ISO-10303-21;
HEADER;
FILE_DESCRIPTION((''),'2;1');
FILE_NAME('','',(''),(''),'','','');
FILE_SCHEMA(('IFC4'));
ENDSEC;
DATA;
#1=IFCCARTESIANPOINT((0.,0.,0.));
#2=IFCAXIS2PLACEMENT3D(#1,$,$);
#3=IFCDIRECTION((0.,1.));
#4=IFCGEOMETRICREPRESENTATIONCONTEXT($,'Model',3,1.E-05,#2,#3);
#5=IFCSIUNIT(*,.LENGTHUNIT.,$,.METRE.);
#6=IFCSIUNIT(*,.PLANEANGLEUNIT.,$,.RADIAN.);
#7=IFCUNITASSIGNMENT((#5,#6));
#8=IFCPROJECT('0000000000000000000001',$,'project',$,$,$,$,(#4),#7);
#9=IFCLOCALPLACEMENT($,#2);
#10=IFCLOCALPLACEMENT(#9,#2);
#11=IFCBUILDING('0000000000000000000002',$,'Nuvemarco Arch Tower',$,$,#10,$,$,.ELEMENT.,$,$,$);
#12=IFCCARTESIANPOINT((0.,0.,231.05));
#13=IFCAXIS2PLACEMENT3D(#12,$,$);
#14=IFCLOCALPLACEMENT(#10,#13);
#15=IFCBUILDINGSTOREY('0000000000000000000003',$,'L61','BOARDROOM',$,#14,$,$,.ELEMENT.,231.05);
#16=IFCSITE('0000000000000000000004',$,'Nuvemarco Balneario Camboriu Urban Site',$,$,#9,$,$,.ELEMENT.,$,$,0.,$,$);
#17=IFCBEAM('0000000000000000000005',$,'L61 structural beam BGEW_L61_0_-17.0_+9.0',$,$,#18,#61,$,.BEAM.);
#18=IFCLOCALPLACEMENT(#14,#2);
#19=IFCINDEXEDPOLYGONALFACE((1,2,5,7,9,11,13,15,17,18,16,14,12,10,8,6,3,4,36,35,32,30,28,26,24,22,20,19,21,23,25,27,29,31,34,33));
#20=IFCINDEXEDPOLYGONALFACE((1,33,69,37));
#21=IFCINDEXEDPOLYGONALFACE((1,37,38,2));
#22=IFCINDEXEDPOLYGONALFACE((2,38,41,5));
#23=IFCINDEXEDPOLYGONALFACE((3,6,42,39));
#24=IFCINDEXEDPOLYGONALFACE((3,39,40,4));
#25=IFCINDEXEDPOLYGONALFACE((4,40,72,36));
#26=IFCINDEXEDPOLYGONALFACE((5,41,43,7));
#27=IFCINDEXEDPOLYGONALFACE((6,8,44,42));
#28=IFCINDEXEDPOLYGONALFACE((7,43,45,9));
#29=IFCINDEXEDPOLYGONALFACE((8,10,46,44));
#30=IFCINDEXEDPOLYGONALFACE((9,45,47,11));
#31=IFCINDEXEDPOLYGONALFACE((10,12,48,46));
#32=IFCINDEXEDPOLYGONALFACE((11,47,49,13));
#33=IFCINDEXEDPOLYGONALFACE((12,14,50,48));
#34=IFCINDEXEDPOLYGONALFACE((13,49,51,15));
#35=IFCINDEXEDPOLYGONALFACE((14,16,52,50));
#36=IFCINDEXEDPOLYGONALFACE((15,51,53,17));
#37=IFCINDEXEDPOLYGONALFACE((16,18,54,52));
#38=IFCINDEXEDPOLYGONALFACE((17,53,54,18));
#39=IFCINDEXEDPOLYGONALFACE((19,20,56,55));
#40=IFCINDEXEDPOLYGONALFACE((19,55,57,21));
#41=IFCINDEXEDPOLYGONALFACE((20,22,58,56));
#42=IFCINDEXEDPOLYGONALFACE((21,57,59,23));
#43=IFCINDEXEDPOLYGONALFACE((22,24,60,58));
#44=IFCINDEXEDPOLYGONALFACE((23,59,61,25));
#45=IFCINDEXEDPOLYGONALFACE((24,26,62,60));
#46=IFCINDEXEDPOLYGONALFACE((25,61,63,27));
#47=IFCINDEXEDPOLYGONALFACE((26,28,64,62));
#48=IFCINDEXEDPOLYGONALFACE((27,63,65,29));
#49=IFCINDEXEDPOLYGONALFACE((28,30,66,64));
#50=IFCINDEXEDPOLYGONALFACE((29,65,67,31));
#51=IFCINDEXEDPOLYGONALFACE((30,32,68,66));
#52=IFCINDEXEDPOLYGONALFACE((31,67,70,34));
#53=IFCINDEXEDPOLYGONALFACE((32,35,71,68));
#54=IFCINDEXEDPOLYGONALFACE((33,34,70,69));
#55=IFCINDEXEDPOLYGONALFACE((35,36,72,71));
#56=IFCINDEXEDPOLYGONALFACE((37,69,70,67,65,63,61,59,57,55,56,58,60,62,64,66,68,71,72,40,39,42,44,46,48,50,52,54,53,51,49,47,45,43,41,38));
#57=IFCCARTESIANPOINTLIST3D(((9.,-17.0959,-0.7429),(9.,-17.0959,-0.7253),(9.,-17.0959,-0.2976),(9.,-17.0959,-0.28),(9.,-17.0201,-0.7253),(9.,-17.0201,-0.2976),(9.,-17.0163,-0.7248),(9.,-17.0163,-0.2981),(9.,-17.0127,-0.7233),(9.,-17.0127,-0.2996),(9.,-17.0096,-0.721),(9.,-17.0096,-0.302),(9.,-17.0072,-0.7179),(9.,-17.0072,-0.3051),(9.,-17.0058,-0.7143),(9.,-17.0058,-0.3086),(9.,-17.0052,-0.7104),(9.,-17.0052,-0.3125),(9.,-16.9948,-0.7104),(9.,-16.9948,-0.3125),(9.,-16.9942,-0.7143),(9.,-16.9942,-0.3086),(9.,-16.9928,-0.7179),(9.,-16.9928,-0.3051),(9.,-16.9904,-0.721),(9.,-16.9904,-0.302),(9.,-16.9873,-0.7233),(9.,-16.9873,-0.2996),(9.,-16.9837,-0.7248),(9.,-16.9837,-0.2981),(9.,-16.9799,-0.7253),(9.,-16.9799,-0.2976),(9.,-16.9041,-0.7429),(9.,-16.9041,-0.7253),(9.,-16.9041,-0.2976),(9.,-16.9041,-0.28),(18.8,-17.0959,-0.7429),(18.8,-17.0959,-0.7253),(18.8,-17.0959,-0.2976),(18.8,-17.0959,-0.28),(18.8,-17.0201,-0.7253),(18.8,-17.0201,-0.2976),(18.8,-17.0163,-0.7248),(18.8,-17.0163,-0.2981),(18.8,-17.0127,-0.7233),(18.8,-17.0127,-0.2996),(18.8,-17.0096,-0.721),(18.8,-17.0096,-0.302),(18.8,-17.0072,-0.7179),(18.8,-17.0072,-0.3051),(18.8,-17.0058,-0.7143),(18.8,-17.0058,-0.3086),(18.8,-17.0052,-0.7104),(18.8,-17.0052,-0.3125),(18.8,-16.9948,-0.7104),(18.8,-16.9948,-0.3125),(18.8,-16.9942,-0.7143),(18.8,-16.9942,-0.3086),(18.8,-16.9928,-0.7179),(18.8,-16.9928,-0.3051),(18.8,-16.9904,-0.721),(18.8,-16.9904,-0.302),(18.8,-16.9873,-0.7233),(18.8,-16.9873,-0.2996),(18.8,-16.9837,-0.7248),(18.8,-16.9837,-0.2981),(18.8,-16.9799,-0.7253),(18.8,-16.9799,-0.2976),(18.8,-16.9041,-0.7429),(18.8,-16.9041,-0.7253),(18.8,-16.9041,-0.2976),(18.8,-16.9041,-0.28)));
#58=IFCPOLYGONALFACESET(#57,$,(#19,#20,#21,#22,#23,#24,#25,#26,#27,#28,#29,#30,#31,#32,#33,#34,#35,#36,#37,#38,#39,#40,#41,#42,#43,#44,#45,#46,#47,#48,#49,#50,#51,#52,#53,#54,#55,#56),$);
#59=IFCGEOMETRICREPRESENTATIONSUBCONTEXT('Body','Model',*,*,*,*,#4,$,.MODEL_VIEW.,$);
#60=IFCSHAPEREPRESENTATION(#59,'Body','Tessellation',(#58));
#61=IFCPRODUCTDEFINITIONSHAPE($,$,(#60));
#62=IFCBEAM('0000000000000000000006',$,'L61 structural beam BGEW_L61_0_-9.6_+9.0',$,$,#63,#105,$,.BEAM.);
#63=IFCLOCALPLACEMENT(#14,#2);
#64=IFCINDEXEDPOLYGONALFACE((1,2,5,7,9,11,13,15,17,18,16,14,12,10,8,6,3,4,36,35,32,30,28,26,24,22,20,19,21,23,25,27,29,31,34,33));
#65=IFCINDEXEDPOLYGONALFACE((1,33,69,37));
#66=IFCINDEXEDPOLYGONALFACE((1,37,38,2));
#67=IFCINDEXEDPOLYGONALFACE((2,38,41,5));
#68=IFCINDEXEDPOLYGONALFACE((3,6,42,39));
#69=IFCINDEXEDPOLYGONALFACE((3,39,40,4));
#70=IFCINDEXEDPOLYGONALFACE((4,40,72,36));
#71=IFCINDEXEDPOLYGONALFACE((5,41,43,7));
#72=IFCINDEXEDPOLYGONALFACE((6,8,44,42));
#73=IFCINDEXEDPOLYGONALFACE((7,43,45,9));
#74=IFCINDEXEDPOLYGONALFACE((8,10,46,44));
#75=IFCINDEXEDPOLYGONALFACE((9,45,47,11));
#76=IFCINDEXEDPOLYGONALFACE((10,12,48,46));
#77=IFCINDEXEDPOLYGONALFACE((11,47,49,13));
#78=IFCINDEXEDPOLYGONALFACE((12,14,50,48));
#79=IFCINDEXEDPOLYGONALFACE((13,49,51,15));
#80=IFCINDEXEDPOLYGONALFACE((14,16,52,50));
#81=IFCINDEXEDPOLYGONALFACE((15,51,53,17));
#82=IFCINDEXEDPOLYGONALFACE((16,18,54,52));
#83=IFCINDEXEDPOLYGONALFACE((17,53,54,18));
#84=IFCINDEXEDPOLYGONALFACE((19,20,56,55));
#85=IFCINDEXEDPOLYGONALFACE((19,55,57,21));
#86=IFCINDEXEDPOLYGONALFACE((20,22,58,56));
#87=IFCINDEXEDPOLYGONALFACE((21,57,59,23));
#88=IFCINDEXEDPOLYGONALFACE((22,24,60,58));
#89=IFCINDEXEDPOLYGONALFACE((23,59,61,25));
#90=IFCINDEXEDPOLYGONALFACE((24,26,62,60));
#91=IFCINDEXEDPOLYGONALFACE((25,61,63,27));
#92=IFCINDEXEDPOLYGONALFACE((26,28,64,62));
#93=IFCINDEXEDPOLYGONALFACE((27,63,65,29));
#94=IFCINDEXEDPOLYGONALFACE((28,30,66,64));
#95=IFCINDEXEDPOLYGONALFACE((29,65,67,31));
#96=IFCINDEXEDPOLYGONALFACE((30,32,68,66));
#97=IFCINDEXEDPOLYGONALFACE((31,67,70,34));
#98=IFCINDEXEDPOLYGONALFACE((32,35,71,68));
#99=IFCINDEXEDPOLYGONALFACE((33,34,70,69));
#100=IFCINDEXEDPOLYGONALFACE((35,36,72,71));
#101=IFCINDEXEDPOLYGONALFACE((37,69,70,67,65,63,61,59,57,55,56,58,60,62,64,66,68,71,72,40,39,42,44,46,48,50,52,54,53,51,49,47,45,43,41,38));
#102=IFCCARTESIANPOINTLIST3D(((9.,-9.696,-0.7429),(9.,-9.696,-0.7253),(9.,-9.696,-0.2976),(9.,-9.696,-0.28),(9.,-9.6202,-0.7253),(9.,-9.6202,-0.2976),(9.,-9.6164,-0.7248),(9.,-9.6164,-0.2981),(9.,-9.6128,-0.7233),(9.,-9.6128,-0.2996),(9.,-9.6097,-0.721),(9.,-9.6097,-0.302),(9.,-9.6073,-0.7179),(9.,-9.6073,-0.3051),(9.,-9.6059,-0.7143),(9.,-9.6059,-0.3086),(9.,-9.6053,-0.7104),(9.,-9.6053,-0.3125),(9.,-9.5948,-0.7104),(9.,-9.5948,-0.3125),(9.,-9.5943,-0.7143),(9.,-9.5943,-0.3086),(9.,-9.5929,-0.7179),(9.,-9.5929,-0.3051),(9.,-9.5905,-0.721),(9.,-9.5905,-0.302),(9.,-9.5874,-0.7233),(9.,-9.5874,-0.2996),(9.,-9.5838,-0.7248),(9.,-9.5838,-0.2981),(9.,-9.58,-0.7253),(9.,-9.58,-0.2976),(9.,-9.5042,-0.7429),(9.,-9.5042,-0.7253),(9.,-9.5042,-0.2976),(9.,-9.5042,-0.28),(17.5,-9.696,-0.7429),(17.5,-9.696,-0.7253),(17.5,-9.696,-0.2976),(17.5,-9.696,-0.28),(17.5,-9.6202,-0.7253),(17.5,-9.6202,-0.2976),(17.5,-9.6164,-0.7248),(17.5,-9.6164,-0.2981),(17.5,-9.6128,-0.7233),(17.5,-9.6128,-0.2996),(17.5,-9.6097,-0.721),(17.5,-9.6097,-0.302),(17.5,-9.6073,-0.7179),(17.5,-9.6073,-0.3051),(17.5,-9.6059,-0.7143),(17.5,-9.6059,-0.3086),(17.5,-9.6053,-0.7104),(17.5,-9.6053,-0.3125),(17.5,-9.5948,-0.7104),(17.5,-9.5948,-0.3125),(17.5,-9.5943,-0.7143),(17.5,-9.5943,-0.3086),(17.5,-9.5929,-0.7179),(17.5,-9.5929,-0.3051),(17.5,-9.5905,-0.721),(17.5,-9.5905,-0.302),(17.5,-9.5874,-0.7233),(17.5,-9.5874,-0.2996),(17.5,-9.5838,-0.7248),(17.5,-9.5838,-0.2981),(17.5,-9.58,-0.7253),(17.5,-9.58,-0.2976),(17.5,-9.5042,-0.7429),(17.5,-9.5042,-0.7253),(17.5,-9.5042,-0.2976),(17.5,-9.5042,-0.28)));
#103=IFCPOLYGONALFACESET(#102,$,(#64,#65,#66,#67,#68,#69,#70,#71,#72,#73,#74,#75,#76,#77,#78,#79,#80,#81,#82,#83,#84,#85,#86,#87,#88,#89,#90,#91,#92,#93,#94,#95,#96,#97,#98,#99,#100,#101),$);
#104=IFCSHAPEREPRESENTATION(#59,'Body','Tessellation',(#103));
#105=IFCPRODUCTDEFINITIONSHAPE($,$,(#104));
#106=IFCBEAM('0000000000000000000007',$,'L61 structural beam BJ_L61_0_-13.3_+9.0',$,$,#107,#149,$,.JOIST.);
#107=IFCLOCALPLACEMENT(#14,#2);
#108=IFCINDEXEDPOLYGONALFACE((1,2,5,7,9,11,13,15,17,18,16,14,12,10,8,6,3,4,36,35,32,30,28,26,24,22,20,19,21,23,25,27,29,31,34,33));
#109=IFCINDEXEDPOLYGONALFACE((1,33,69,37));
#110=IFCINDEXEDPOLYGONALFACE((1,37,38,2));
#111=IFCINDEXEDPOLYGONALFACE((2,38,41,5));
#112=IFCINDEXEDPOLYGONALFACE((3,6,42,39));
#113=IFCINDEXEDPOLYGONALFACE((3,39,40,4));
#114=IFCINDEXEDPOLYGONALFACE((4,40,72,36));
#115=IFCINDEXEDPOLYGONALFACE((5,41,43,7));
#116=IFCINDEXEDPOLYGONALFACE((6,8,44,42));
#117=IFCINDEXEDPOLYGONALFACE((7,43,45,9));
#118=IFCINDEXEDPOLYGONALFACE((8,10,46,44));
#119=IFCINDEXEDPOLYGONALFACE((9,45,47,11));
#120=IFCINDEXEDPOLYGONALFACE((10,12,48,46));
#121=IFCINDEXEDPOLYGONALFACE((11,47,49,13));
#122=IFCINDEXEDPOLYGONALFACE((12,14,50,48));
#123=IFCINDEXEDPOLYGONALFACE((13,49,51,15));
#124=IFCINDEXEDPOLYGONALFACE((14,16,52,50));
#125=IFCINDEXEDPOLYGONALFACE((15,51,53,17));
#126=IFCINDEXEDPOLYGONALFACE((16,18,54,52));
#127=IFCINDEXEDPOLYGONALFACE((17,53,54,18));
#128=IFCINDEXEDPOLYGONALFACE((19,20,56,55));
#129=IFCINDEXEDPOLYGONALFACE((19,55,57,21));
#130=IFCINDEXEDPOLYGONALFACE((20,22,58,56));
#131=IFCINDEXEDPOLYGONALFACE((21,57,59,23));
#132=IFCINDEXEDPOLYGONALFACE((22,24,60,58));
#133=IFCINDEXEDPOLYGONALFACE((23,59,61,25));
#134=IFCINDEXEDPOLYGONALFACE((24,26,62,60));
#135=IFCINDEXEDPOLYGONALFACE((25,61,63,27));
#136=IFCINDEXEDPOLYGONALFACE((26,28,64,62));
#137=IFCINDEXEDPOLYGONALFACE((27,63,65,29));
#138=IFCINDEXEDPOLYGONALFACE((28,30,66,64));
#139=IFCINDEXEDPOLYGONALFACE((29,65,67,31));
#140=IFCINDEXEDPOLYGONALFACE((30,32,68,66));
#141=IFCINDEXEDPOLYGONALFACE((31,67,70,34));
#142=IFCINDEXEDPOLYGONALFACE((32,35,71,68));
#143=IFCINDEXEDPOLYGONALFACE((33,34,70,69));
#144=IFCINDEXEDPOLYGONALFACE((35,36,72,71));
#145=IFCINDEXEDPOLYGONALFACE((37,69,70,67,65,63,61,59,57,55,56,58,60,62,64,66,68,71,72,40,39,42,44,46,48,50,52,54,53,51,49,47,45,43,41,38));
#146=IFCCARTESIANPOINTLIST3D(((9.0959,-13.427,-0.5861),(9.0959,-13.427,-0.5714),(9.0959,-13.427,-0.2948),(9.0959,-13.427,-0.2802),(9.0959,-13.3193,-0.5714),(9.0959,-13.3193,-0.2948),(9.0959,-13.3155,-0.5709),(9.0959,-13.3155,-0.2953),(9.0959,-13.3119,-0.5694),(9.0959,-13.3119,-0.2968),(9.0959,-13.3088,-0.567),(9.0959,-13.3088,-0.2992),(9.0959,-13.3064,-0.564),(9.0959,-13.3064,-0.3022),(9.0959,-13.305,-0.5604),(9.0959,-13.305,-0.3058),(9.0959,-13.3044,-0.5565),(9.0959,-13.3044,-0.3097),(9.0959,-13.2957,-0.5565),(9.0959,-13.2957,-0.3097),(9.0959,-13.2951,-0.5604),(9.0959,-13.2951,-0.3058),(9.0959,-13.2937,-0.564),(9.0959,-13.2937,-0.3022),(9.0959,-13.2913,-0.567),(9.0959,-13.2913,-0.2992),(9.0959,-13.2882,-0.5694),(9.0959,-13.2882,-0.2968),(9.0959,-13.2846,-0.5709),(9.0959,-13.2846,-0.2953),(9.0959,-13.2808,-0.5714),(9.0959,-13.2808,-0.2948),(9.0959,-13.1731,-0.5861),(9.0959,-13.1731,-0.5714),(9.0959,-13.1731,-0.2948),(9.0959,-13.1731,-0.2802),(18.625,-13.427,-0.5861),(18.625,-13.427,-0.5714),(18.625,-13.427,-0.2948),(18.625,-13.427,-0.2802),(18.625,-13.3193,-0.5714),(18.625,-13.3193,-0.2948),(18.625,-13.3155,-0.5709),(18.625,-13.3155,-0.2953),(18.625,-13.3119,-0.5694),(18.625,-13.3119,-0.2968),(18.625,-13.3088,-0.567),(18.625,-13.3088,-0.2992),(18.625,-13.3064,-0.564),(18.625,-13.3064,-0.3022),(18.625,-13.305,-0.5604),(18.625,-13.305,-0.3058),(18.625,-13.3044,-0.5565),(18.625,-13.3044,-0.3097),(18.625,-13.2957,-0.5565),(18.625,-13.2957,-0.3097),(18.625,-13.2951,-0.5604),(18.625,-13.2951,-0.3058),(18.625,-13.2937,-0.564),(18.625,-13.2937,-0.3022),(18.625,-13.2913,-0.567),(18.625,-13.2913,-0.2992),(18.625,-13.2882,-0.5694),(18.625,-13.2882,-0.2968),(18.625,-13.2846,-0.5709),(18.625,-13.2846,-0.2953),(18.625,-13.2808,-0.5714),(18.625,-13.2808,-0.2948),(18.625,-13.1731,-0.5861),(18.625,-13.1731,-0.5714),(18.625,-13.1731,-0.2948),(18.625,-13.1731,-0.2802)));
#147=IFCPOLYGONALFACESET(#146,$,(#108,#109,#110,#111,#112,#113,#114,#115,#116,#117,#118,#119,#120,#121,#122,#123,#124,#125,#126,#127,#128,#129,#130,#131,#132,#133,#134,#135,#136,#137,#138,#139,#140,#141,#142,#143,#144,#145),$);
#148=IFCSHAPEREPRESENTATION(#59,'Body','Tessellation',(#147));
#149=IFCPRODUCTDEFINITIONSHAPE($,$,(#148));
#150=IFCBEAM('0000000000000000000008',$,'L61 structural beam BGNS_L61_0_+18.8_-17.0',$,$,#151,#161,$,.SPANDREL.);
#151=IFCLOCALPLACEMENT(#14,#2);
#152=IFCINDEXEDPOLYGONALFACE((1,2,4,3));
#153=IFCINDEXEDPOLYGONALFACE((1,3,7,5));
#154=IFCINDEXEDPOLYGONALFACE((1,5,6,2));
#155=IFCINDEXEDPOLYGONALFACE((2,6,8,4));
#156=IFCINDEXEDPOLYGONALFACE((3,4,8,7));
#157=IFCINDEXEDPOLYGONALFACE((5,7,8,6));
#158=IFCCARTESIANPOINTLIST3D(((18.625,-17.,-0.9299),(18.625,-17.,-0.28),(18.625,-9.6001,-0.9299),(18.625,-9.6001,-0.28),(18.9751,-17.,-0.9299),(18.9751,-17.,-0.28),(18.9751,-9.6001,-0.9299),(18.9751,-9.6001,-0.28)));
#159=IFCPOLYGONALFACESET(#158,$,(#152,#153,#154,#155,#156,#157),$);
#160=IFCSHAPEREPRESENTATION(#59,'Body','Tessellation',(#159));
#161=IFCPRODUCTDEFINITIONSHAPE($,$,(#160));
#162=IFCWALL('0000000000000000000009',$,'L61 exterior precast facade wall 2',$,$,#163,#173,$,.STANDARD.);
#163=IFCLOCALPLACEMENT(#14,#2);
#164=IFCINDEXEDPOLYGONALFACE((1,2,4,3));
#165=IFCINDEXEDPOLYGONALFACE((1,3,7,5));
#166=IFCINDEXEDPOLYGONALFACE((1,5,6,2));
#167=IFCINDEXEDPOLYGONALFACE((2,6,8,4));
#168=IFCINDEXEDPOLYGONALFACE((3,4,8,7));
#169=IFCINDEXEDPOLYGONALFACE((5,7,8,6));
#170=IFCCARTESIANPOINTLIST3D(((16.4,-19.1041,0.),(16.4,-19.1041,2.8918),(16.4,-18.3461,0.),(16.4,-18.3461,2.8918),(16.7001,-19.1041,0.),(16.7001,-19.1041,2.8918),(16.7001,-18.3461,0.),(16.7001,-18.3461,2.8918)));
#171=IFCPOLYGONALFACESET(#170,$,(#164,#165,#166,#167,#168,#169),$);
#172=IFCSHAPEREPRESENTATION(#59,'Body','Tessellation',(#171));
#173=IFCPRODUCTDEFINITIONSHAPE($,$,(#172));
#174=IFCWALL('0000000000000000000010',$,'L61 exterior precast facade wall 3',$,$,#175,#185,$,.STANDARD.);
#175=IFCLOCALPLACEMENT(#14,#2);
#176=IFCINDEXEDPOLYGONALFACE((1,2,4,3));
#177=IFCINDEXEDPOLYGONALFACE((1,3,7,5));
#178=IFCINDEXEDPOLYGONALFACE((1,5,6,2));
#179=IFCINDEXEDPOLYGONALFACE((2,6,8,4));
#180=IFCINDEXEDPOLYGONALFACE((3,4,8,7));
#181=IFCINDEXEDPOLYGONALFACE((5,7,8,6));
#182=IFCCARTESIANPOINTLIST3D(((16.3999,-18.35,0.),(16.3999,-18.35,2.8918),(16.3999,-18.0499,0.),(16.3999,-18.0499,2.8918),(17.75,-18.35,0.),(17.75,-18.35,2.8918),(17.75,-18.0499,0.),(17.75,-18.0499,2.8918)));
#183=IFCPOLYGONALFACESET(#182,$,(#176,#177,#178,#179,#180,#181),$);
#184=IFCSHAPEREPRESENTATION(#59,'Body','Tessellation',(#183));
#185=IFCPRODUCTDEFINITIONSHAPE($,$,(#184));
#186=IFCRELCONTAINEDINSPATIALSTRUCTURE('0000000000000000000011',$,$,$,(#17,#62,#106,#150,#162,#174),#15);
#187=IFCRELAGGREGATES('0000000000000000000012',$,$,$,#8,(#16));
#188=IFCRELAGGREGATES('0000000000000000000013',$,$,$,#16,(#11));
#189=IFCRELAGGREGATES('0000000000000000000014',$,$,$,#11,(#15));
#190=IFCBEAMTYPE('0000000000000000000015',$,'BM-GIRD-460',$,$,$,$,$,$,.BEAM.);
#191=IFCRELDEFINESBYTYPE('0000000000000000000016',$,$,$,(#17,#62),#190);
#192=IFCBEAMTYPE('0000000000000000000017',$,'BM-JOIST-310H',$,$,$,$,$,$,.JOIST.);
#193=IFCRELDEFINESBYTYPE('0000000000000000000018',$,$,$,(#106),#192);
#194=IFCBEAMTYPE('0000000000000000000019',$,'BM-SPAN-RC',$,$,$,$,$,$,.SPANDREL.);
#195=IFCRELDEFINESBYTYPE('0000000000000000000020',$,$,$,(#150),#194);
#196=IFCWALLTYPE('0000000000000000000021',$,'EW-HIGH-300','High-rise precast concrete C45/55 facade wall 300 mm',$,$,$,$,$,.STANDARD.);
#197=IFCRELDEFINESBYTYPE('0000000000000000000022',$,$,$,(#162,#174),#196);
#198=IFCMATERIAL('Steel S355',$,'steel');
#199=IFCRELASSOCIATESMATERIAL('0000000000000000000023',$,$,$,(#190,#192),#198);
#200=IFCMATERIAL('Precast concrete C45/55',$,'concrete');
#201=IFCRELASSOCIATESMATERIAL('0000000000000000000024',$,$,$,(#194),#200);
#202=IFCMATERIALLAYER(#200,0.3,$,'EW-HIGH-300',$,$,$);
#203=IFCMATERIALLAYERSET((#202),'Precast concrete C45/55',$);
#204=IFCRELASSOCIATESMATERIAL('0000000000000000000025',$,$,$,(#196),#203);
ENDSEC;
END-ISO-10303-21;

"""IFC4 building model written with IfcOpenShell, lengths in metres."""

from ifc_helpers import new_model, si_unit, direction, frame, frame_2d, origin, origin_2d, place, context, subcontext, project, spatial, rectangle, i_section, extrude, material, layer, layer_set, material_profile, profile_set, type_object, element, save


model = new_model("IFC4")

# Units and contexts
model_context = context("Model", 3, precision=1e-05, world=origin(), true_north=direction((0.0, 1.0)))
body_context = subcontext(model_context, "Body", "Model", "MODEL_VIEW")
ifc_project = project(units=[si_unit("LENGTHUNIT", "METRE"), si_unit("PLANEANGLEUNIT", "RADIAN")], contexts=[model_context])

# Site, building, storey
site_placement = place(None, origin())
site = spatial("IfcSite", under=ifc_project, at=site_placement, Name="Nuvemarco Balneario Camboriu Urban Site", CompositionType="ELEMENT", RefElevation=0.0)
building_placement = place(site_placement, origin())
building = spatial("IfcBuilding", under=site, at=building_placement, Name="Nuvemarco Arch Tower", CompositionType="ELEMENT")
storey_placement = place(building_placement, frame((0.0, 0.0, 231.05)))
storey = spatial("IfcBuildingStorey", under=building, at=storey_placement, Name="L61", Description="BOARDROOM", CompositionType="ELEMENT", Elevation=231.05)

# Shared definitions
ifc_material_1 = material(Name="Steel S355", Category="steel")

# Beams
ifc_material_profile_1 = material_profile(ifc_material_1, i_section(OverallWidth=0.1919, OverallDepth=0.4629, WebThickness=0.0105, FlangeThickness=0.0176, FilletRadius=0.0149, at=origin_2d()), Name="W460x89")
ifc_profile_set_1 = profile_set([ifc_material_profile_1], Name="Steel S355")
beam_type_1 = type_object("IfcBeamType", Name="BM-GIRD-460", PredefinedType="BEAM", material=ifc_profile_set_1)
beam_1_placement = place(storey_placement, frame((9.0, -17.0, -0.5115), z_axis=(1.0, 0.0, 0.0), x_axis=(0.0, 1.0, 0.0)))
element("IfcBeam", 1, at=beam_1_placement, inside=storey, type_object=beam_type_1, Name="L61 structural beam BGEW_L61_0_-17.0_+9.0", PredefinedType="BEAM", context=body_context, shape_type="SweptSolid", body=[
    extrude(i_section(OverallWidth=0.1919, OverallDepth=0.4629, WebThickness=0.0105, FlangeThickness=0.0176, FilletRadius=0.0149, at=origin_2d()), origin(), (0.0, 0.0, 1.0), 9.8),
])
beam_2_placement = place(storey_placement, frame((9.0, -9.6001, -0.5115), z_axis=(1.0, 0.0, 0.0), x_axis=(0.0, 1.0, 0.0)))
element("IfcBeam", 2, at=beam_2_placement, inside=storey, type_object=beam_type_1, Name="L61 structural beam BGEW_L61_0_-9.6_+9.0", PredefinedType="BEAM", context=body_context, shape_type="SweptSolid", body=[
    extrude(i_section(OverallWidth=0.1919, OverallDepth=0.4629, WebThickness=0.0105, FlangeThickness=0.0176, FilletRadius=0.0149, at=origin_2d()), origin(), (0.0, 0.0, 1.0), 8.5),
])
ifc_material_profile_2 = material_profile(ifc_material_1, i_section(OverallWidth=0.2539, OverallDepth=0.3059, WebThickness=0.0088, FlangeThickness=0.0146, FilletRadius=0.0149, at=origin_2d()), Name="W310x79")
ifc_profile_set_2 = profile_set([ifc_material_profile_2], Name="Steel S355")
beam_type_2 = type_object("IfcBeamType", Name="BM-JOIST-310H", PredefinedType="JOIST", material=ifc_profile_set_2)
beam_3_placement = place(storey_placement, frame((9.0959, -13.3, -0.4331), z_axis=(1.0, 0.0, 0.0), x_axis=(0.0, 1.0, 0.0)))
element("IfcBeam", 3, at=beam_3_placement, inside=storey, type_object=beam_type_2, Name="L61 structural beam BJ_L61_0_-13.3_+9.0", PredefinedType="JOIST", context=body_context, shape_type="SweptSolid", body=[
    extrude(i_section(OverallWidth=0.2539, OverallDepth=0.3059, WebThickness=0.0088, FlangeThickness=0.0146, FilletRadius=0.0149, at=origin_2d()), origin(), (0.0, 0.0, 1.0), 9.5291),
])
ifc_material_2 = material(Name="Precast concrete C45/55", Category="concrete")
ifc_material_profile_3 = material_profile(ifc_material_2, rectangle(XDim=0.3501, YDim=0.6499, at=origin_2d()), Name="PC-SP-350x650")
ifc_profile_set_3 = profile_set([ifc_material_profile_3], Name="Precast concrete C45/55")
beam_type_3 = type_object("IfcBeamType", Name="BM-SPAN-RC", PredefinedType="SPANDREL", material=ifc_profile_set_3)
beam_4_placement = place(storey_placement, frame((18.8, -17.0, -0.605), z_axis=(0.0, 1.0, 0.0), x_axis=(-1.0, 0.0, 0.0)))
element("IfcBeam", 4, at=beam_4_placement, inside=storey, type_object=beam_type_3, Name="L61 structural beam BGNS_L61_0_+18.8_-17.0", PredefinedType="SPANDREL", context=body_context, shape_type="SweptSolid", body=[
    extrude(rectangle(XDim=0.3501, YDim=0.6499, at=origin_2d()), origin(), (0.0, 0.0, 1.0), 7.3999),
])

# Walls
ifc_layer_1 = layer(ifc_material_2, 0.3, Name="EW-HIGH-300")
ifc_layer_set_1 = layer_set([ifc_layer_1], Name="Precast concrete C45/55")
wall_type_1 = type_object("IfcWallType", Name="EW-HIGH-300", Description="High-rise precast concrete C45/55 facade wall 300 mm", PredefinedType="STANDARD", material=ifc_layer_set_1)
wall_1_placement = place(storey_placement, frame((16.55, -19.104, 0.0), z_axis=(0.0, 0.0, 1.0), x_axis=(0.0, 1.0, 0.0)))
element("IfcWall", 5, at=wall_1_placement, inside=storey, type_object=wall_type_1, Name="L61 exterior precast facade wall 2", PredefinedType="STANDARD", context=body_context, shape_type="SweptSolid", body=[
    extrude(rectangle(XDim=0.7581, YDim=0.3, at=frame_2d((0.3789, 0.0))), origin(), (0.0, 0.0, 1.0), 2.8918),
])
wall_2_placement = place(storey_placement, frame((16.3999, -18.2, 0.0), z_axis=(0.0, 0.0, 1.0), x_axis=(1.0, 0.0, 0.0)))
element("IfcWall", 6, at=wall_2_placement, inside=storey, type_object=wall_type_1, Name="L61 exterior precast facade wall 3", PredefinedType="STANDARD", context=body_context, shape_type="SweptSolid", body=[
    extrude(rectangle(XDim=1.3501, YDim=0.3, at=frame_2d((0.675, 0.0))), origin(), (0.0, 0.0, 1.0), 2.8918),
])

save(model, "model.ifc")
